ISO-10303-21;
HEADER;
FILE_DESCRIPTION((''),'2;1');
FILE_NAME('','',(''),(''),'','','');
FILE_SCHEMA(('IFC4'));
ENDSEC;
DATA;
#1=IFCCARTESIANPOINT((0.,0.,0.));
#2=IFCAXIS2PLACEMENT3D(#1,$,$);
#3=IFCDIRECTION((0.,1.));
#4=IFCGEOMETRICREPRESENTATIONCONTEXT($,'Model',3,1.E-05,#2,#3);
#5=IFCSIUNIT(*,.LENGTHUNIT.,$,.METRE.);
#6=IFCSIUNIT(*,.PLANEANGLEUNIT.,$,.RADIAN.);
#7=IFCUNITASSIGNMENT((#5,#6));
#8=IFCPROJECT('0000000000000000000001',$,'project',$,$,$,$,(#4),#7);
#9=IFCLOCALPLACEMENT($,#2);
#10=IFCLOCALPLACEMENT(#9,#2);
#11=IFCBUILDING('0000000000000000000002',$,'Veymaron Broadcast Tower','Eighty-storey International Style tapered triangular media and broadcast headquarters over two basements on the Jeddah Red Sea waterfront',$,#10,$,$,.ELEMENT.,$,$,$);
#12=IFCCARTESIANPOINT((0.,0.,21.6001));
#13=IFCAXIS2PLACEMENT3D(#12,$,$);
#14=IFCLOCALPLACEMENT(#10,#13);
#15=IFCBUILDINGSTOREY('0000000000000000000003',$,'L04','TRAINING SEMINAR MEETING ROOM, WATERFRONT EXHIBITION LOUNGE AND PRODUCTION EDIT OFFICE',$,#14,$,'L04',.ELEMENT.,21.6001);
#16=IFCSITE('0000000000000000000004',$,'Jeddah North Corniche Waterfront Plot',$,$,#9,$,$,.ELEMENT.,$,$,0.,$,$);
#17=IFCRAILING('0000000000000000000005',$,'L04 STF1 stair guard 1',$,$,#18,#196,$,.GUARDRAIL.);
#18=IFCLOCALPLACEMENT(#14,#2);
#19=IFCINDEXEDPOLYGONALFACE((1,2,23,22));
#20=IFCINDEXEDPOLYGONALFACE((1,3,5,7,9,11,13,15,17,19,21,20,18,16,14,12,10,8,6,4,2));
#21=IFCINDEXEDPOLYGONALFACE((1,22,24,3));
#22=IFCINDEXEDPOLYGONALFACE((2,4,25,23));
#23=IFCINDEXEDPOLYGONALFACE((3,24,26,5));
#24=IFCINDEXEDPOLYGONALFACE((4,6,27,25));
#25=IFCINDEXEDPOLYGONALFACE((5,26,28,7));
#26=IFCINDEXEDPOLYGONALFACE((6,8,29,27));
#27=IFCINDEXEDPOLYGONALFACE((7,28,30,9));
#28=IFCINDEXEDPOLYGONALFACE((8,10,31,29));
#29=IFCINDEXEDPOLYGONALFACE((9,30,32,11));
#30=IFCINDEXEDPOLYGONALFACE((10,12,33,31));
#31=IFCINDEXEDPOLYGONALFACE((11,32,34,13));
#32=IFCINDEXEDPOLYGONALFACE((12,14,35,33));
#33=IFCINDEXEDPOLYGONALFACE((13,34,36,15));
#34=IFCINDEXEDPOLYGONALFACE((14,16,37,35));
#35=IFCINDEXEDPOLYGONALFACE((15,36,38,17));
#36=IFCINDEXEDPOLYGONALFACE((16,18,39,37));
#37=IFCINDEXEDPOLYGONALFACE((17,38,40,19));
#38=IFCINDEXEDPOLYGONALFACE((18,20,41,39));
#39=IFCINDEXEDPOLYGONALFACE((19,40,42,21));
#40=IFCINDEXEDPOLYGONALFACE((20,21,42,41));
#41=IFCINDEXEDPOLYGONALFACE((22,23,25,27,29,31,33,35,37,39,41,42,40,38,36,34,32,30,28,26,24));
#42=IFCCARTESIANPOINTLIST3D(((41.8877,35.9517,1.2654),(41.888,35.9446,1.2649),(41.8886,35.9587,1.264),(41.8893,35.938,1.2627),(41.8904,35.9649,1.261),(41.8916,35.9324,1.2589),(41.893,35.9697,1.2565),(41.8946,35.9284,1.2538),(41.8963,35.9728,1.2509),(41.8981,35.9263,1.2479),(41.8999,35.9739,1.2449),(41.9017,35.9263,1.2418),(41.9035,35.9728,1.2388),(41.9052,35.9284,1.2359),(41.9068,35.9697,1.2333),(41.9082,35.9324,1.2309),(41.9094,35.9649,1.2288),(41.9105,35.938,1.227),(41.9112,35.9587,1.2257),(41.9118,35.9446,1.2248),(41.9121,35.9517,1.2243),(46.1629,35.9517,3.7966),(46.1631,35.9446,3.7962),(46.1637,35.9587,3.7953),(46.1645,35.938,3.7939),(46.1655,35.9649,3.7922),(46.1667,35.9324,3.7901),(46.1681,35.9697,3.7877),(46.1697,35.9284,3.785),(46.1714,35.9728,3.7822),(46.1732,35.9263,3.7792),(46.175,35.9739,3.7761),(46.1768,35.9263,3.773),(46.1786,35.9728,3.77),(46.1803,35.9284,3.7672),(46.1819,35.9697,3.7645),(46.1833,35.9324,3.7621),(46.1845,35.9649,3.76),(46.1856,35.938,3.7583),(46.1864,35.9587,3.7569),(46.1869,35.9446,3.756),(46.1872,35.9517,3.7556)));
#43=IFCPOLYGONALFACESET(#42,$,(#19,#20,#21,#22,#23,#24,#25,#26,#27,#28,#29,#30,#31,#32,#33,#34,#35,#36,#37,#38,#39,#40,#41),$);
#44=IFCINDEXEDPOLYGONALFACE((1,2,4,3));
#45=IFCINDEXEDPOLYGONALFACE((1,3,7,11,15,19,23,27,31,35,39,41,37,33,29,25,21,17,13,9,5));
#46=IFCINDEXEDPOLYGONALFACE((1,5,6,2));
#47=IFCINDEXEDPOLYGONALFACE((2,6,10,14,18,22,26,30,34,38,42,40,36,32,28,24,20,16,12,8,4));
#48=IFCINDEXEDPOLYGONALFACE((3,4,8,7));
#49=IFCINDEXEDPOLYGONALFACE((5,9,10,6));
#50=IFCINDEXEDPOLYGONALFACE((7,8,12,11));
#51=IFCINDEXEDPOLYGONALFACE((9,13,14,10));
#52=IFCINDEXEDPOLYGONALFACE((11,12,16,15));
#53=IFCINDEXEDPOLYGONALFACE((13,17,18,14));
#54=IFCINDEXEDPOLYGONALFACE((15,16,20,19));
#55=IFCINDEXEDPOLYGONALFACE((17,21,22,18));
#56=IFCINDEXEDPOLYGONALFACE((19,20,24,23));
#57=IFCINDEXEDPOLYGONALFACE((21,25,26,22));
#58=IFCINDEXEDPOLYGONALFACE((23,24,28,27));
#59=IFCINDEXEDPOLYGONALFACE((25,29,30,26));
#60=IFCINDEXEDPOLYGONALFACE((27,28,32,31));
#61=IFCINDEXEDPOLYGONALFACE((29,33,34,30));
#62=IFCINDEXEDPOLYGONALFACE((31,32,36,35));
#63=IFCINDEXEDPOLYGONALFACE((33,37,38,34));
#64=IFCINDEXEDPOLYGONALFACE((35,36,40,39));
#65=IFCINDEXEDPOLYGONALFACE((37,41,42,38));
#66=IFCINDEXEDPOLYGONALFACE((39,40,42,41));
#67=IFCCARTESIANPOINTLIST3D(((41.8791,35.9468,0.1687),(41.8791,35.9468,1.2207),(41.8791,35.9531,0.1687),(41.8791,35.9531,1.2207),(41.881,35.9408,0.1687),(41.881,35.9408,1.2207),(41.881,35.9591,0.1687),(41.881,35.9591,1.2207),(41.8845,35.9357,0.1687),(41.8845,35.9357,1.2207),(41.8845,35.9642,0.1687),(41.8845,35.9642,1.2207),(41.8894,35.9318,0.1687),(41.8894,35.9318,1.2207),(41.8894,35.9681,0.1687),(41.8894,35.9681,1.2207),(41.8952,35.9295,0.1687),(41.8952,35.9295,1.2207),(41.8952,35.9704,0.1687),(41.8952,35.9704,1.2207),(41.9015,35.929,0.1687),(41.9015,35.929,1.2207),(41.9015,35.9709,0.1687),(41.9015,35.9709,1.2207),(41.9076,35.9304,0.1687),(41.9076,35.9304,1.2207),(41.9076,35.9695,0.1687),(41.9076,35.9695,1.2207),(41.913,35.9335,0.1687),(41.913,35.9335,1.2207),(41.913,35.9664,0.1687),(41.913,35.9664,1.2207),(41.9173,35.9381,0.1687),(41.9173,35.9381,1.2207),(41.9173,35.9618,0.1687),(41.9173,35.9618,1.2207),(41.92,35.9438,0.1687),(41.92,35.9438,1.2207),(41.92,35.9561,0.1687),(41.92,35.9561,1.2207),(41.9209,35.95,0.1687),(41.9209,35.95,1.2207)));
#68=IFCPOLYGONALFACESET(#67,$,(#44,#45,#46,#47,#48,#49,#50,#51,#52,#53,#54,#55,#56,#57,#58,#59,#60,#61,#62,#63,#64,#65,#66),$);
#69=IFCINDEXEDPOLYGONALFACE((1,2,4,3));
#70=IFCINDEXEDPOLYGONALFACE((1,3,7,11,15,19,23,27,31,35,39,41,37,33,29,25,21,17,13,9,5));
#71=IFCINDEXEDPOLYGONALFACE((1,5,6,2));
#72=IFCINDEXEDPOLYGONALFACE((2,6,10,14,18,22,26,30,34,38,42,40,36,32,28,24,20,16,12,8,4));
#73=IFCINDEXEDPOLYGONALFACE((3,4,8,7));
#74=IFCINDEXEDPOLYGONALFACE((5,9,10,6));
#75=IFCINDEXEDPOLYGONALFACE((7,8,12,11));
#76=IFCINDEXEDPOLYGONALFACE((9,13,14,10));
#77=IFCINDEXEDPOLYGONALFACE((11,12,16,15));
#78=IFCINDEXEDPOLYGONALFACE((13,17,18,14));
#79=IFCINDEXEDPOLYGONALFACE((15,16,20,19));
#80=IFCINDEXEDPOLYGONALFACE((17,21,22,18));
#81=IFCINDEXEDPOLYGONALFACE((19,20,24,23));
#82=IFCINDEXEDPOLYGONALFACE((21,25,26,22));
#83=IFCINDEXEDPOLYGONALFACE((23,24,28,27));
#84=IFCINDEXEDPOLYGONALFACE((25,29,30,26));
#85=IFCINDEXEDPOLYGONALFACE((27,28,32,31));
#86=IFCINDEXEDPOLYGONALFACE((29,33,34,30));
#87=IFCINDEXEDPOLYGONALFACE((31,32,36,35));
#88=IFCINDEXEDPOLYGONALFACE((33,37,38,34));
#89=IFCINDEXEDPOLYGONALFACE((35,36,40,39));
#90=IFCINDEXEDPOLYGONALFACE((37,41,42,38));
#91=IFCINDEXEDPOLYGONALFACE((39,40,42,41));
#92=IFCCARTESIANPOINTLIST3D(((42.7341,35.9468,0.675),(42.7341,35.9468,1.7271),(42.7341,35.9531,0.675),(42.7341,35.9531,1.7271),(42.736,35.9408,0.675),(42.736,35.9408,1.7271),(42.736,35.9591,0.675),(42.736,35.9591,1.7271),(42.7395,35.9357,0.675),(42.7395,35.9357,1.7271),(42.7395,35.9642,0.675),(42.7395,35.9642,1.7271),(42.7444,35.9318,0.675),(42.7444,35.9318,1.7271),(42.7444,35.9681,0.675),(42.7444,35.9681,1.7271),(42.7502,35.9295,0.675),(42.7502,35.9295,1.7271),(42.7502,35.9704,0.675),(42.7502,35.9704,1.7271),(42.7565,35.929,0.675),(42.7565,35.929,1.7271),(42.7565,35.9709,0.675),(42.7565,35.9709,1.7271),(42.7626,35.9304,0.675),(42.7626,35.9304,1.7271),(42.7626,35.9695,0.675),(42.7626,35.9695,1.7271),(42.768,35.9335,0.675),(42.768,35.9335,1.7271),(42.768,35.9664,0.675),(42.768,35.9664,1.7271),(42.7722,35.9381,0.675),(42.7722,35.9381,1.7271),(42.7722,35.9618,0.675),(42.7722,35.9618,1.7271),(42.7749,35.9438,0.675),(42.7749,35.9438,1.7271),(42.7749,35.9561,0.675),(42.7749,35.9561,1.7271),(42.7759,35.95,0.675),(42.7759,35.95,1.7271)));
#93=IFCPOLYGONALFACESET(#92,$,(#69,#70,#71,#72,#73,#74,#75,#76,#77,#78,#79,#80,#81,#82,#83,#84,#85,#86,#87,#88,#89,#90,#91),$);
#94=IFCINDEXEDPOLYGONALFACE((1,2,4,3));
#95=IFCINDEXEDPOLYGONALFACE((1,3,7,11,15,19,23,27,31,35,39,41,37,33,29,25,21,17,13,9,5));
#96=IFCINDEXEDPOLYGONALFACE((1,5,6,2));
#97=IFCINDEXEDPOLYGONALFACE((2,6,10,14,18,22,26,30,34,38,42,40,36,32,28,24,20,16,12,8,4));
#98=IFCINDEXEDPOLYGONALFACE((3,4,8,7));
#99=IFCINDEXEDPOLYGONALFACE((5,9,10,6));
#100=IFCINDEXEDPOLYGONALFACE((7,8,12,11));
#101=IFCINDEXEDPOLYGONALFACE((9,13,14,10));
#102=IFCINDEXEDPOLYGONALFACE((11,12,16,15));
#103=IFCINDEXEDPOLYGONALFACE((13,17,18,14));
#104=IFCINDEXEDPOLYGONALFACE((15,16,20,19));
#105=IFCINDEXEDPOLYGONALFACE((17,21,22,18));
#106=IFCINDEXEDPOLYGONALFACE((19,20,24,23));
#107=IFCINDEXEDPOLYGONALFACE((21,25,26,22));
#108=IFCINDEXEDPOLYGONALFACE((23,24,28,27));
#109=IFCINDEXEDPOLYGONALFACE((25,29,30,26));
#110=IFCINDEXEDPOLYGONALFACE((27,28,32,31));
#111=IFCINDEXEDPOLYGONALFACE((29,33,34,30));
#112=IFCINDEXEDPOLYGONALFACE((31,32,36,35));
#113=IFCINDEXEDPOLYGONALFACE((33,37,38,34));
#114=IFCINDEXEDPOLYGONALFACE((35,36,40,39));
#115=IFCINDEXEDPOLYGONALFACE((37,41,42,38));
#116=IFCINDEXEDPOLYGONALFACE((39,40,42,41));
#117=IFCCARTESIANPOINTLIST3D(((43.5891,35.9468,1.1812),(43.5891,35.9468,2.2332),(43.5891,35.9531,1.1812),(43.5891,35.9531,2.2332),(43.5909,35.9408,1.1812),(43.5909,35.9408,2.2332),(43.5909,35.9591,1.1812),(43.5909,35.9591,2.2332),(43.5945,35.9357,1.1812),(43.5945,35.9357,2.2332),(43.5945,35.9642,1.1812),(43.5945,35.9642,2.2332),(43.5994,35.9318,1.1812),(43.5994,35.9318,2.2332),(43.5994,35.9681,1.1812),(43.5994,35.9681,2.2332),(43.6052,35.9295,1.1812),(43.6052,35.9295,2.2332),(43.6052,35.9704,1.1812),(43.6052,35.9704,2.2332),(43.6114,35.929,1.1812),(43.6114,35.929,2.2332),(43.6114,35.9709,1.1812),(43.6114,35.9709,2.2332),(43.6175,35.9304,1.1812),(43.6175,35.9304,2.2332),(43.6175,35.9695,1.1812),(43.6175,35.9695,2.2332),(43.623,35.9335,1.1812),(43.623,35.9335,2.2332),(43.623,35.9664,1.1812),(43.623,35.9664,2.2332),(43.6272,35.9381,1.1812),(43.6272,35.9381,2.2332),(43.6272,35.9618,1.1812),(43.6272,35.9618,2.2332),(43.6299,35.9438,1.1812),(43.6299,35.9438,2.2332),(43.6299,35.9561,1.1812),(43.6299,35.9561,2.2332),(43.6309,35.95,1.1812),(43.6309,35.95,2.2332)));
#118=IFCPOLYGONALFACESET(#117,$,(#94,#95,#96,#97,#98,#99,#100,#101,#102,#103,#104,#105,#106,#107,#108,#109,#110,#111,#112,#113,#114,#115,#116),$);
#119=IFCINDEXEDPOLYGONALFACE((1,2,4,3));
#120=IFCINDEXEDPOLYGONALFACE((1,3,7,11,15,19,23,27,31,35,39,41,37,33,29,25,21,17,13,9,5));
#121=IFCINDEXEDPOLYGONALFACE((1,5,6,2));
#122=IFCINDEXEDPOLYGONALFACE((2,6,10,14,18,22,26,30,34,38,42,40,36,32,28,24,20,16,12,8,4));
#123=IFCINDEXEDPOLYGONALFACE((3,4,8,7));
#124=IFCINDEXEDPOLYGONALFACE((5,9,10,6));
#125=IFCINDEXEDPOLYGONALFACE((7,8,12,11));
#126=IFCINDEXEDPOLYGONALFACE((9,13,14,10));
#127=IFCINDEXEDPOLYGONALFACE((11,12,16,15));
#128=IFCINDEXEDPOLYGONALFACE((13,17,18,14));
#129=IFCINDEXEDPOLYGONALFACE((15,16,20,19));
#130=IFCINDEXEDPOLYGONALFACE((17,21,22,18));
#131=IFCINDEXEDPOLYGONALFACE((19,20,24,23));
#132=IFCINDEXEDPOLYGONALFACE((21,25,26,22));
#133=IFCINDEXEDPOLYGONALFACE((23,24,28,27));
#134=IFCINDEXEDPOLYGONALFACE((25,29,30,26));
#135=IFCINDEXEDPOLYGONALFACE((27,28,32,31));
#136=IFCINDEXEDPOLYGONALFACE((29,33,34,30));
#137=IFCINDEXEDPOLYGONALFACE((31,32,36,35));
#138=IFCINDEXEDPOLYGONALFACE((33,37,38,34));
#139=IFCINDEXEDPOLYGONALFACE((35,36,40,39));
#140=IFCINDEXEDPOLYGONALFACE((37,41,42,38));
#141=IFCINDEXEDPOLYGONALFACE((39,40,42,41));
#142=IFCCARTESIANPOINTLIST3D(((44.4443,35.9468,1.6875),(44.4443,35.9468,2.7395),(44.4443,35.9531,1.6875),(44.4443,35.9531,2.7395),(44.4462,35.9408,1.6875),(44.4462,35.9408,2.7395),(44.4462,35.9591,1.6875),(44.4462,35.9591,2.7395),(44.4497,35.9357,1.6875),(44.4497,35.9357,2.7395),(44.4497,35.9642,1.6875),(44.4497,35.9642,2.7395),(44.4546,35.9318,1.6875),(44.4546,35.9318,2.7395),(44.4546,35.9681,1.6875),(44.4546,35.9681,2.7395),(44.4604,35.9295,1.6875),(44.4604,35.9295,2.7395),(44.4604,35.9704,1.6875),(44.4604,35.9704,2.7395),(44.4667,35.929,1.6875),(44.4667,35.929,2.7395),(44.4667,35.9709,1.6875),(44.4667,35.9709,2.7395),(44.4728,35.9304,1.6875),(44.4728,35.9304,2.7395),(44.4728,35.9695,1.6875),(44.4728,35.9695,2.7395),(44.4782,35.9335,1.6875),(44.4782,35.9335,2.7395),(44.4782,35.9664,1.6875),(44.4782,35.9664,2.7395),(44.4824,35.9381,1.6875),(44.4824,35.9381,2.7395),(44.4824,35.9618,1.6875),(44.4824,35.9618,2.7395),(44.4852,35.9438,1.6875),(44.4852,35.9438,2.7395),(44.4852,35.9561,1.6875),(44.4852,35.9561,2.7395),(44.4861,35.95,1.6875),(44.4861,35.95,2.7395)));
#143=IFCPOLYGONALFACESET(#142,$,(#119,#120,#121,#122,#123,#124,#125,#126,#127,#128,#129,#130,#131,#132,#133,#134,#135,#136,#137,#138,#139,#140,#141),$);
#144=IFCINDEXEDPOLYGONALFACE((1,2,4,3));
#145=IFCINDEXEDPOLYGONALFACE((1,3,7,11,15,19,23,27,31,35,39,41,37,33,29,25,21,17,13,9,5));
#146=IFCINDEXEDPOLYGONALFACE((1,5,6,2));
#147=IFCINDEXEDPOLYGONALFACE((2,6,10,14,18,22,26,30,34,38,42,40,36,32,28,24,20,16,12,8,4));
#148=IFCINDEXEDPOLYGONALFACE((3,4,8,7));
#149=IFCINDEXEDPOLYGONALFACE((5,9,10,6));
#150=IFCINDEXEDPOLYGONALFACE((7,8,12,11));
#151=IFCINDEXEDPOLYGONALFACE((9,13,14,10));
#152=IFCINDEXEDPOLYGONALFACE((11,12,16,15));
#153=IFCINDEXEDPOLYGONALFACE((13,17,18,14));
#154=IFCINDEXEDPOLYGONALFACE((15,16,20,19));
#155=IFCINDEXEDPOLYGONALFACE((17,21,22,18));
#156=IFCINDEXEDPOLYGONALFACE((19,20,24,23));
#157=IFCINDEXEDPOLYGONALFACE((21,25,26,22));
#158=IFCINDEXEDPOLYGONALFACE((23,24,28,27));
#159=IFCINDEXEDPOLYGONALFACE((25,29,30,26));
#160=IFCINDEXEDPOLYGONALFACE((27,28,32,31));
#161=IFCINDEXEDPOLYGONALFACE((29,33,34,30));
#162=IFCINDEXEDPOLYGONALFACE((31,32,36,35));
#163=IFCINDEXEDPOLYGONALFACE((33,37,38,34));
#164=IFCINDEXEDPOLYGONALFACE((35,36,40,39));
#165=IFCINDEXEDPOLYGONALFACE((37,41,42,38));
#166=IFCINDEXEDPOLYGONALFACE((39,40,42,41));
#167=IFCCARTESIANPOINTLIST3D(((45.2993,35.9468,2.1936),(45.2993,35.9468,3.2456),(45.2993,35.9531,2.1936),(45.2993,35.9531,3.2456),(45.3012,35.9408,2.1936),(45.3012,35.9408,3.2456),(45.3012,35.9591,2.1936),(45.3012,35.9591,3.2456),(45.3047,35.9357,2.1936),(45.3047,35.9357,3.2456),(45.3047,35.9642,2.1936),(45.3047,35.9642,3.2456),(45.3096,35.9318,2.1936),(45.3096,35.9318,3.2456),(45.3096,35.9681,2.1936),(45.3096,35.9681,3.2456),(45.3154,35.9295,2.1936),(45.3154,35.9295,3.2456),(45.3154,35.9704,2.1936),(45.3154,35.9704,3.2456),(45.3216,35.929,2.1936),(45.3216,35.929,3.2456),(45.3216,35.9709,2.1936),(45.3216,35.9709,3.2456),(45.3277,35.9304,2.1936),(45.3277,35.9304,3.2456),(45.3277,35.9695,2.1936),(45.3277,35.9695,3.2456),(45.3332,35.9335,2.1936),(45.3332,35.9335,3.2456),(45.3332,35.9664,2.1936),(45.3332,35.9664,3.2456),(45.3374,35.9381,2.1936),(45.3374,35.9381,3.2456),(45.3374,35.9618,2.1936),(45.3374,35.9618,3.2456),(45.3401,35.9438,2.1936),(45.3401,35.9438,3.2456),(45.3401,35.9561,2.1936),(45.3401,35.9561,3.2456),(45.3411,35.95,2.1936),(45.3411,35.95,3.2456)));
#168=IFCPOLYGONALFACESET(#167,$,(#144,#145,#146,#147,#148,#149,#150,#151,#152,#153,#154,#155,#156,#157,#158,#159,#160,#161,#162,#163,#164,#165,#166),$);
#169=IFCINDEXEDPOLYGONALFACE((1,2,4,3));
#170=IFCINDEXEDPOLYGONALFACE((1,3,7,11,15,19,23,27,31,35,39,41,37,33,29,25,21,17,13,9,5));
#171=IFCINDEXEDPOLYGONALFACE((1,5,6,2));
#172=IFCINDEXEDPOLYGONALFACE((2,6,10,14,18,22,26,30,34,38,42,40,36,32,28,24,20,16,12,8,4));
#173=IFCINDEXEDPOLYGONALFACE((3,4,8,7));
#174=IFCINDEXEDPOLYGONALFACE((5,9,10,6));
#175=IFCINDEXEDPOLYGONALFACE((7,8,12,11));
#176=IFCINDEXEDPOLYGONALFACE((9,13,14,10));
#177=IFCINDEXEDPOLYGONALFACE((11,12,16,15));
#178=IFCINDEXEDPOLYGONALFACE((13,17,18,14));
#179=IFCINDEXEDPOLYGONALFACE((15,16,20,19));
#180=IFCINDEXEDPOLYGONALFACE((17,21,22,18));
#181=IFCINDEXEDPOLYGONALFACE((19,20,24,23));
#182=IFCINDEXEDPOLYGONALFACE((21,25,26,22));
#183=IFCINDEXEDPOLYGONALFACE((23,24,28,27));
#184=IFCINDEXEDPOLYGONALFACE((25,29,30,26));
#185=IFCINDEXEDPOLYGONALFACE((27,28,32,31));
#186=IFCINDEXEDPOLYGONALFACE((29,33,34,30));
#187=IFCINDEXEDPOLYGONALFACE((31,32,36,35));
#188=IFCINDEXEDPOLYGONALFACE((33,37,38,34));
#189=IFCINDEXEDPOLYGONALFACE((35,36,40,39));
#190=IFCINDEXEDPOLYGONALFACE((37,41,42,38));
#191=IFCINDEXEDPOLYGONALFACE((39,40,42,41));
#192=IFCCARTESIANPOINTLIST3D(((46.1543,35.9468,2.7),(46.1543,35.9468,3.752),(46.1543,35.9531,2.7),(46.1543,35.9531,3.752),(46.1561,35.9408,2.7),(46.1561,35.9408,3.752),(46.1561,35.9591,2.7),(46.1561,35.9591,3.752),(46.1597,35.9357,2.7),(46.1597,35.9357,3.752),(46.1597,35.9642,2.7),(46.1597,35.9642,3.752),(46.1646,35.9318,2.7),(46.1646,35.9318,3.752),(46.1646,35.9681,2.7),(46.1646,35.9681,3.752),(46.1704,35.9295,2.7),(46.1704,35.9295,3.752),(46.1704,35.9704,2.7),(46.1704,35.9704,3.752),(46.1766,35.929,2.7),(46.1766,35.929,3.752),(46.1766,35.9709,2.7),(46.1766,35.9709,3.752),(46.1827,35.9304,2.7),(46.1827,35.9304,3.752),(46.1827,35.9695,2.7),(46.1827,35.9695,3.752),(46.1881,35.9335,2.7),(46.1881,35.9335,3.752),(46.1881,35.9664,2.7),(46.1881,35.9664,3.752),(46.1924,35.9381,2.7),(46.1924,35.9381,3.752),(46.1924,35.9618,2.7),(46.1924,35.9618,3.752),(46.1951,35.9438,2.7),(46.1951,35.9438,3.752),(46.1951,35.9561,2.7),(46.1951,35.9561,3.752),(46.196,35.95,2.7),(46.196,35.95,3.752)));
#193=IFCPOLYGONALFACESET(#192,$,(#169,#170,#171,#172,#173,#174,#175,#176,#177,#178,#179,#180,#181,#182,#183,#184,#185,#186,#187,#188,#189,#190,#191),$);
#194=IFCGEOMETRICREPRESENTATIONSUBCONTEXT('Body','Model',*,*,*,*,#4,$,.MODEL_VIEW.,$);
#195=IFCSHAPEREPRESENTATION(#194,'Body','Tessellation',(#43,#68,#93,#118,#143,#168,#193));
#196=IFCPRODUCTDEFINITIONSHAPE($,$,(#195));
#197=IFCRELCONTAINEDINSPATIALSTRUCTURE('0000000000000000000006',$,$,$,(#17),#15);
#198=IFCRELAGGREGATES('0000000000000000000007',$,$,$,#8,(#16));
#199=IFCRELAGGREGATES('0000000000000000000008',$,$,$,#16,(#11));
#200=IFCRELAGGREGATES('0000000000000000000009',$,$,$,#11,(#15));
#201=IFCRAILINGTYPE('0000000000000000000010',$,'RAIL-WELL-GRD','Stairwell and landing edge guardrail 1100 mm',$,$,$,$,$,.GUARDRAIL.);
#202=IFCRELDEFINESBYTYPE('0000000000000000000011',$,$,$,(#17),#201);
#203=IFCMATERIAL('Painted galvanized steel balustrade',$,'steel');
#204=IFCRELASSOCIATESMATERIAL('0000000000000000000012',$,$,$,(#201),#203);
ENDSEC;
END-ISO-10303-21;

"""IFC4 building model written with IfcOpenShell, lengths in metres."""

from ifc_helpers import new_model, si_unit, direction, frame, origin, origin_2d, place, context, subcontext, project, spatial, circle, extrude, material, type_object, element, save


model = new_model("IFC4")

# Units and contexts
model_context = context("Model", 3, precision=1e-05, world=origin(), true_north=direction((0.0, 1.0)))
body_context = subcontext(model_context, "Body", "Model", "MODEL_VIEW")
ifc_project = project(units=[si_unit("LENGTHUNIT", "METRE"), si_unit("PLANEANGLEUNIT", "RADIAN")], contexts=[model_context])

# Site, building, storey
site_placement = place(None, origin())
site = spatial("IfcSite", under=ifc_project, at=site_placement, Name="Jeddah North Corniche Waterfront Plot", CompositionType="ELEMENT", RefElevation=0.0)
building_placement = place(site_placement, origin())
building = spatial("IfcBuilding", under=site, at=building_placement, Name="Veymaron Broadcast Tower", Description="Eighty-storey International Style tapered triangular media and broadcast headquarters over two basements on the Jeddah Red Sea waterfront", CompositionType="ELEMENT")
storey_placement = place(building_placement, frame((0.0, 0.0, 21.6001)))
storey = spatial("IfcBuildingStorey", under=building, at=storey_placement, Name="L04", Description="TRAINING SEMINAR MEETING ROOM, WATERFRONT EXHIBITION LOUNGE AND PRODUCTION EDIT OFFICE", LongName="L04", CompositionType="ELEMENT", Elevation=21.6001)

# Railing
ifc_material_1 = material(Name="Painted galvanized steel balustrade", Category="steel")
railing_type_1 = type_object("IfcRailingType", Name="RAIL-WELL-GRD", Description="Stairwell and landing edge guardrail 1100 mm", PredefinedType="GUARDRAIL", material=ifc_material_1)
railing_1_placement = place(storey_placement, frame((41.8999, 35.95, 0.1687)))
element("IfcRailing", 1, at=railing_1_placement, inside=storey, type_object=railing_type_1, Name="L04 STF1 stair guard 1", PredefinedType="GUARDRAIL", context=body_context, shape_type="SweptSolid", body=[
    extrude(circle(Radius=0.0239, at=origin_2d()), frame((0.0, 0.0, 1.0762), z_axis=(0.860483, 0.0, 0.509479), x_axis=(0.0, 1.0, 0.0)), (0.0, 0.0, 1.0), 4.9683),
    extrude(circle(Radius=0.021, at=origin_2d()), origin(), (0.0, 0.0, 1.0), 1.052),
    extrude(circle(Radius=0.021, at=origin_2d()), frame((0.855, 0.0, 0.5063)), (0.0, 0.0, 1.0), 1.052),
    extrude(circle(Radius=0.021, at=origin_2d()), frame((1.71, 0.0, 1.0125)), (0.0, 0.0, 1.0), 1.052),
    extrude(circle(Radius=0.021, at=origin_2d()), frame((2.5652, 0.0, 1.5188)), (0.0, 0.0, 1.0), 1.052),
    extrude(circle(Radius=0.021, at=origin_2d()), frame((3.4202, 0.0, 2.0249)), (0.0, 0.0, 1.0), 1.052),
    extrude(circle(Radius=0.021, at=origin_2d()), frame((4.2751, 0.0, 2.5312)), (0.0, 0.0, 1.0), 1.052),
])

save(model, "model.ifc")
